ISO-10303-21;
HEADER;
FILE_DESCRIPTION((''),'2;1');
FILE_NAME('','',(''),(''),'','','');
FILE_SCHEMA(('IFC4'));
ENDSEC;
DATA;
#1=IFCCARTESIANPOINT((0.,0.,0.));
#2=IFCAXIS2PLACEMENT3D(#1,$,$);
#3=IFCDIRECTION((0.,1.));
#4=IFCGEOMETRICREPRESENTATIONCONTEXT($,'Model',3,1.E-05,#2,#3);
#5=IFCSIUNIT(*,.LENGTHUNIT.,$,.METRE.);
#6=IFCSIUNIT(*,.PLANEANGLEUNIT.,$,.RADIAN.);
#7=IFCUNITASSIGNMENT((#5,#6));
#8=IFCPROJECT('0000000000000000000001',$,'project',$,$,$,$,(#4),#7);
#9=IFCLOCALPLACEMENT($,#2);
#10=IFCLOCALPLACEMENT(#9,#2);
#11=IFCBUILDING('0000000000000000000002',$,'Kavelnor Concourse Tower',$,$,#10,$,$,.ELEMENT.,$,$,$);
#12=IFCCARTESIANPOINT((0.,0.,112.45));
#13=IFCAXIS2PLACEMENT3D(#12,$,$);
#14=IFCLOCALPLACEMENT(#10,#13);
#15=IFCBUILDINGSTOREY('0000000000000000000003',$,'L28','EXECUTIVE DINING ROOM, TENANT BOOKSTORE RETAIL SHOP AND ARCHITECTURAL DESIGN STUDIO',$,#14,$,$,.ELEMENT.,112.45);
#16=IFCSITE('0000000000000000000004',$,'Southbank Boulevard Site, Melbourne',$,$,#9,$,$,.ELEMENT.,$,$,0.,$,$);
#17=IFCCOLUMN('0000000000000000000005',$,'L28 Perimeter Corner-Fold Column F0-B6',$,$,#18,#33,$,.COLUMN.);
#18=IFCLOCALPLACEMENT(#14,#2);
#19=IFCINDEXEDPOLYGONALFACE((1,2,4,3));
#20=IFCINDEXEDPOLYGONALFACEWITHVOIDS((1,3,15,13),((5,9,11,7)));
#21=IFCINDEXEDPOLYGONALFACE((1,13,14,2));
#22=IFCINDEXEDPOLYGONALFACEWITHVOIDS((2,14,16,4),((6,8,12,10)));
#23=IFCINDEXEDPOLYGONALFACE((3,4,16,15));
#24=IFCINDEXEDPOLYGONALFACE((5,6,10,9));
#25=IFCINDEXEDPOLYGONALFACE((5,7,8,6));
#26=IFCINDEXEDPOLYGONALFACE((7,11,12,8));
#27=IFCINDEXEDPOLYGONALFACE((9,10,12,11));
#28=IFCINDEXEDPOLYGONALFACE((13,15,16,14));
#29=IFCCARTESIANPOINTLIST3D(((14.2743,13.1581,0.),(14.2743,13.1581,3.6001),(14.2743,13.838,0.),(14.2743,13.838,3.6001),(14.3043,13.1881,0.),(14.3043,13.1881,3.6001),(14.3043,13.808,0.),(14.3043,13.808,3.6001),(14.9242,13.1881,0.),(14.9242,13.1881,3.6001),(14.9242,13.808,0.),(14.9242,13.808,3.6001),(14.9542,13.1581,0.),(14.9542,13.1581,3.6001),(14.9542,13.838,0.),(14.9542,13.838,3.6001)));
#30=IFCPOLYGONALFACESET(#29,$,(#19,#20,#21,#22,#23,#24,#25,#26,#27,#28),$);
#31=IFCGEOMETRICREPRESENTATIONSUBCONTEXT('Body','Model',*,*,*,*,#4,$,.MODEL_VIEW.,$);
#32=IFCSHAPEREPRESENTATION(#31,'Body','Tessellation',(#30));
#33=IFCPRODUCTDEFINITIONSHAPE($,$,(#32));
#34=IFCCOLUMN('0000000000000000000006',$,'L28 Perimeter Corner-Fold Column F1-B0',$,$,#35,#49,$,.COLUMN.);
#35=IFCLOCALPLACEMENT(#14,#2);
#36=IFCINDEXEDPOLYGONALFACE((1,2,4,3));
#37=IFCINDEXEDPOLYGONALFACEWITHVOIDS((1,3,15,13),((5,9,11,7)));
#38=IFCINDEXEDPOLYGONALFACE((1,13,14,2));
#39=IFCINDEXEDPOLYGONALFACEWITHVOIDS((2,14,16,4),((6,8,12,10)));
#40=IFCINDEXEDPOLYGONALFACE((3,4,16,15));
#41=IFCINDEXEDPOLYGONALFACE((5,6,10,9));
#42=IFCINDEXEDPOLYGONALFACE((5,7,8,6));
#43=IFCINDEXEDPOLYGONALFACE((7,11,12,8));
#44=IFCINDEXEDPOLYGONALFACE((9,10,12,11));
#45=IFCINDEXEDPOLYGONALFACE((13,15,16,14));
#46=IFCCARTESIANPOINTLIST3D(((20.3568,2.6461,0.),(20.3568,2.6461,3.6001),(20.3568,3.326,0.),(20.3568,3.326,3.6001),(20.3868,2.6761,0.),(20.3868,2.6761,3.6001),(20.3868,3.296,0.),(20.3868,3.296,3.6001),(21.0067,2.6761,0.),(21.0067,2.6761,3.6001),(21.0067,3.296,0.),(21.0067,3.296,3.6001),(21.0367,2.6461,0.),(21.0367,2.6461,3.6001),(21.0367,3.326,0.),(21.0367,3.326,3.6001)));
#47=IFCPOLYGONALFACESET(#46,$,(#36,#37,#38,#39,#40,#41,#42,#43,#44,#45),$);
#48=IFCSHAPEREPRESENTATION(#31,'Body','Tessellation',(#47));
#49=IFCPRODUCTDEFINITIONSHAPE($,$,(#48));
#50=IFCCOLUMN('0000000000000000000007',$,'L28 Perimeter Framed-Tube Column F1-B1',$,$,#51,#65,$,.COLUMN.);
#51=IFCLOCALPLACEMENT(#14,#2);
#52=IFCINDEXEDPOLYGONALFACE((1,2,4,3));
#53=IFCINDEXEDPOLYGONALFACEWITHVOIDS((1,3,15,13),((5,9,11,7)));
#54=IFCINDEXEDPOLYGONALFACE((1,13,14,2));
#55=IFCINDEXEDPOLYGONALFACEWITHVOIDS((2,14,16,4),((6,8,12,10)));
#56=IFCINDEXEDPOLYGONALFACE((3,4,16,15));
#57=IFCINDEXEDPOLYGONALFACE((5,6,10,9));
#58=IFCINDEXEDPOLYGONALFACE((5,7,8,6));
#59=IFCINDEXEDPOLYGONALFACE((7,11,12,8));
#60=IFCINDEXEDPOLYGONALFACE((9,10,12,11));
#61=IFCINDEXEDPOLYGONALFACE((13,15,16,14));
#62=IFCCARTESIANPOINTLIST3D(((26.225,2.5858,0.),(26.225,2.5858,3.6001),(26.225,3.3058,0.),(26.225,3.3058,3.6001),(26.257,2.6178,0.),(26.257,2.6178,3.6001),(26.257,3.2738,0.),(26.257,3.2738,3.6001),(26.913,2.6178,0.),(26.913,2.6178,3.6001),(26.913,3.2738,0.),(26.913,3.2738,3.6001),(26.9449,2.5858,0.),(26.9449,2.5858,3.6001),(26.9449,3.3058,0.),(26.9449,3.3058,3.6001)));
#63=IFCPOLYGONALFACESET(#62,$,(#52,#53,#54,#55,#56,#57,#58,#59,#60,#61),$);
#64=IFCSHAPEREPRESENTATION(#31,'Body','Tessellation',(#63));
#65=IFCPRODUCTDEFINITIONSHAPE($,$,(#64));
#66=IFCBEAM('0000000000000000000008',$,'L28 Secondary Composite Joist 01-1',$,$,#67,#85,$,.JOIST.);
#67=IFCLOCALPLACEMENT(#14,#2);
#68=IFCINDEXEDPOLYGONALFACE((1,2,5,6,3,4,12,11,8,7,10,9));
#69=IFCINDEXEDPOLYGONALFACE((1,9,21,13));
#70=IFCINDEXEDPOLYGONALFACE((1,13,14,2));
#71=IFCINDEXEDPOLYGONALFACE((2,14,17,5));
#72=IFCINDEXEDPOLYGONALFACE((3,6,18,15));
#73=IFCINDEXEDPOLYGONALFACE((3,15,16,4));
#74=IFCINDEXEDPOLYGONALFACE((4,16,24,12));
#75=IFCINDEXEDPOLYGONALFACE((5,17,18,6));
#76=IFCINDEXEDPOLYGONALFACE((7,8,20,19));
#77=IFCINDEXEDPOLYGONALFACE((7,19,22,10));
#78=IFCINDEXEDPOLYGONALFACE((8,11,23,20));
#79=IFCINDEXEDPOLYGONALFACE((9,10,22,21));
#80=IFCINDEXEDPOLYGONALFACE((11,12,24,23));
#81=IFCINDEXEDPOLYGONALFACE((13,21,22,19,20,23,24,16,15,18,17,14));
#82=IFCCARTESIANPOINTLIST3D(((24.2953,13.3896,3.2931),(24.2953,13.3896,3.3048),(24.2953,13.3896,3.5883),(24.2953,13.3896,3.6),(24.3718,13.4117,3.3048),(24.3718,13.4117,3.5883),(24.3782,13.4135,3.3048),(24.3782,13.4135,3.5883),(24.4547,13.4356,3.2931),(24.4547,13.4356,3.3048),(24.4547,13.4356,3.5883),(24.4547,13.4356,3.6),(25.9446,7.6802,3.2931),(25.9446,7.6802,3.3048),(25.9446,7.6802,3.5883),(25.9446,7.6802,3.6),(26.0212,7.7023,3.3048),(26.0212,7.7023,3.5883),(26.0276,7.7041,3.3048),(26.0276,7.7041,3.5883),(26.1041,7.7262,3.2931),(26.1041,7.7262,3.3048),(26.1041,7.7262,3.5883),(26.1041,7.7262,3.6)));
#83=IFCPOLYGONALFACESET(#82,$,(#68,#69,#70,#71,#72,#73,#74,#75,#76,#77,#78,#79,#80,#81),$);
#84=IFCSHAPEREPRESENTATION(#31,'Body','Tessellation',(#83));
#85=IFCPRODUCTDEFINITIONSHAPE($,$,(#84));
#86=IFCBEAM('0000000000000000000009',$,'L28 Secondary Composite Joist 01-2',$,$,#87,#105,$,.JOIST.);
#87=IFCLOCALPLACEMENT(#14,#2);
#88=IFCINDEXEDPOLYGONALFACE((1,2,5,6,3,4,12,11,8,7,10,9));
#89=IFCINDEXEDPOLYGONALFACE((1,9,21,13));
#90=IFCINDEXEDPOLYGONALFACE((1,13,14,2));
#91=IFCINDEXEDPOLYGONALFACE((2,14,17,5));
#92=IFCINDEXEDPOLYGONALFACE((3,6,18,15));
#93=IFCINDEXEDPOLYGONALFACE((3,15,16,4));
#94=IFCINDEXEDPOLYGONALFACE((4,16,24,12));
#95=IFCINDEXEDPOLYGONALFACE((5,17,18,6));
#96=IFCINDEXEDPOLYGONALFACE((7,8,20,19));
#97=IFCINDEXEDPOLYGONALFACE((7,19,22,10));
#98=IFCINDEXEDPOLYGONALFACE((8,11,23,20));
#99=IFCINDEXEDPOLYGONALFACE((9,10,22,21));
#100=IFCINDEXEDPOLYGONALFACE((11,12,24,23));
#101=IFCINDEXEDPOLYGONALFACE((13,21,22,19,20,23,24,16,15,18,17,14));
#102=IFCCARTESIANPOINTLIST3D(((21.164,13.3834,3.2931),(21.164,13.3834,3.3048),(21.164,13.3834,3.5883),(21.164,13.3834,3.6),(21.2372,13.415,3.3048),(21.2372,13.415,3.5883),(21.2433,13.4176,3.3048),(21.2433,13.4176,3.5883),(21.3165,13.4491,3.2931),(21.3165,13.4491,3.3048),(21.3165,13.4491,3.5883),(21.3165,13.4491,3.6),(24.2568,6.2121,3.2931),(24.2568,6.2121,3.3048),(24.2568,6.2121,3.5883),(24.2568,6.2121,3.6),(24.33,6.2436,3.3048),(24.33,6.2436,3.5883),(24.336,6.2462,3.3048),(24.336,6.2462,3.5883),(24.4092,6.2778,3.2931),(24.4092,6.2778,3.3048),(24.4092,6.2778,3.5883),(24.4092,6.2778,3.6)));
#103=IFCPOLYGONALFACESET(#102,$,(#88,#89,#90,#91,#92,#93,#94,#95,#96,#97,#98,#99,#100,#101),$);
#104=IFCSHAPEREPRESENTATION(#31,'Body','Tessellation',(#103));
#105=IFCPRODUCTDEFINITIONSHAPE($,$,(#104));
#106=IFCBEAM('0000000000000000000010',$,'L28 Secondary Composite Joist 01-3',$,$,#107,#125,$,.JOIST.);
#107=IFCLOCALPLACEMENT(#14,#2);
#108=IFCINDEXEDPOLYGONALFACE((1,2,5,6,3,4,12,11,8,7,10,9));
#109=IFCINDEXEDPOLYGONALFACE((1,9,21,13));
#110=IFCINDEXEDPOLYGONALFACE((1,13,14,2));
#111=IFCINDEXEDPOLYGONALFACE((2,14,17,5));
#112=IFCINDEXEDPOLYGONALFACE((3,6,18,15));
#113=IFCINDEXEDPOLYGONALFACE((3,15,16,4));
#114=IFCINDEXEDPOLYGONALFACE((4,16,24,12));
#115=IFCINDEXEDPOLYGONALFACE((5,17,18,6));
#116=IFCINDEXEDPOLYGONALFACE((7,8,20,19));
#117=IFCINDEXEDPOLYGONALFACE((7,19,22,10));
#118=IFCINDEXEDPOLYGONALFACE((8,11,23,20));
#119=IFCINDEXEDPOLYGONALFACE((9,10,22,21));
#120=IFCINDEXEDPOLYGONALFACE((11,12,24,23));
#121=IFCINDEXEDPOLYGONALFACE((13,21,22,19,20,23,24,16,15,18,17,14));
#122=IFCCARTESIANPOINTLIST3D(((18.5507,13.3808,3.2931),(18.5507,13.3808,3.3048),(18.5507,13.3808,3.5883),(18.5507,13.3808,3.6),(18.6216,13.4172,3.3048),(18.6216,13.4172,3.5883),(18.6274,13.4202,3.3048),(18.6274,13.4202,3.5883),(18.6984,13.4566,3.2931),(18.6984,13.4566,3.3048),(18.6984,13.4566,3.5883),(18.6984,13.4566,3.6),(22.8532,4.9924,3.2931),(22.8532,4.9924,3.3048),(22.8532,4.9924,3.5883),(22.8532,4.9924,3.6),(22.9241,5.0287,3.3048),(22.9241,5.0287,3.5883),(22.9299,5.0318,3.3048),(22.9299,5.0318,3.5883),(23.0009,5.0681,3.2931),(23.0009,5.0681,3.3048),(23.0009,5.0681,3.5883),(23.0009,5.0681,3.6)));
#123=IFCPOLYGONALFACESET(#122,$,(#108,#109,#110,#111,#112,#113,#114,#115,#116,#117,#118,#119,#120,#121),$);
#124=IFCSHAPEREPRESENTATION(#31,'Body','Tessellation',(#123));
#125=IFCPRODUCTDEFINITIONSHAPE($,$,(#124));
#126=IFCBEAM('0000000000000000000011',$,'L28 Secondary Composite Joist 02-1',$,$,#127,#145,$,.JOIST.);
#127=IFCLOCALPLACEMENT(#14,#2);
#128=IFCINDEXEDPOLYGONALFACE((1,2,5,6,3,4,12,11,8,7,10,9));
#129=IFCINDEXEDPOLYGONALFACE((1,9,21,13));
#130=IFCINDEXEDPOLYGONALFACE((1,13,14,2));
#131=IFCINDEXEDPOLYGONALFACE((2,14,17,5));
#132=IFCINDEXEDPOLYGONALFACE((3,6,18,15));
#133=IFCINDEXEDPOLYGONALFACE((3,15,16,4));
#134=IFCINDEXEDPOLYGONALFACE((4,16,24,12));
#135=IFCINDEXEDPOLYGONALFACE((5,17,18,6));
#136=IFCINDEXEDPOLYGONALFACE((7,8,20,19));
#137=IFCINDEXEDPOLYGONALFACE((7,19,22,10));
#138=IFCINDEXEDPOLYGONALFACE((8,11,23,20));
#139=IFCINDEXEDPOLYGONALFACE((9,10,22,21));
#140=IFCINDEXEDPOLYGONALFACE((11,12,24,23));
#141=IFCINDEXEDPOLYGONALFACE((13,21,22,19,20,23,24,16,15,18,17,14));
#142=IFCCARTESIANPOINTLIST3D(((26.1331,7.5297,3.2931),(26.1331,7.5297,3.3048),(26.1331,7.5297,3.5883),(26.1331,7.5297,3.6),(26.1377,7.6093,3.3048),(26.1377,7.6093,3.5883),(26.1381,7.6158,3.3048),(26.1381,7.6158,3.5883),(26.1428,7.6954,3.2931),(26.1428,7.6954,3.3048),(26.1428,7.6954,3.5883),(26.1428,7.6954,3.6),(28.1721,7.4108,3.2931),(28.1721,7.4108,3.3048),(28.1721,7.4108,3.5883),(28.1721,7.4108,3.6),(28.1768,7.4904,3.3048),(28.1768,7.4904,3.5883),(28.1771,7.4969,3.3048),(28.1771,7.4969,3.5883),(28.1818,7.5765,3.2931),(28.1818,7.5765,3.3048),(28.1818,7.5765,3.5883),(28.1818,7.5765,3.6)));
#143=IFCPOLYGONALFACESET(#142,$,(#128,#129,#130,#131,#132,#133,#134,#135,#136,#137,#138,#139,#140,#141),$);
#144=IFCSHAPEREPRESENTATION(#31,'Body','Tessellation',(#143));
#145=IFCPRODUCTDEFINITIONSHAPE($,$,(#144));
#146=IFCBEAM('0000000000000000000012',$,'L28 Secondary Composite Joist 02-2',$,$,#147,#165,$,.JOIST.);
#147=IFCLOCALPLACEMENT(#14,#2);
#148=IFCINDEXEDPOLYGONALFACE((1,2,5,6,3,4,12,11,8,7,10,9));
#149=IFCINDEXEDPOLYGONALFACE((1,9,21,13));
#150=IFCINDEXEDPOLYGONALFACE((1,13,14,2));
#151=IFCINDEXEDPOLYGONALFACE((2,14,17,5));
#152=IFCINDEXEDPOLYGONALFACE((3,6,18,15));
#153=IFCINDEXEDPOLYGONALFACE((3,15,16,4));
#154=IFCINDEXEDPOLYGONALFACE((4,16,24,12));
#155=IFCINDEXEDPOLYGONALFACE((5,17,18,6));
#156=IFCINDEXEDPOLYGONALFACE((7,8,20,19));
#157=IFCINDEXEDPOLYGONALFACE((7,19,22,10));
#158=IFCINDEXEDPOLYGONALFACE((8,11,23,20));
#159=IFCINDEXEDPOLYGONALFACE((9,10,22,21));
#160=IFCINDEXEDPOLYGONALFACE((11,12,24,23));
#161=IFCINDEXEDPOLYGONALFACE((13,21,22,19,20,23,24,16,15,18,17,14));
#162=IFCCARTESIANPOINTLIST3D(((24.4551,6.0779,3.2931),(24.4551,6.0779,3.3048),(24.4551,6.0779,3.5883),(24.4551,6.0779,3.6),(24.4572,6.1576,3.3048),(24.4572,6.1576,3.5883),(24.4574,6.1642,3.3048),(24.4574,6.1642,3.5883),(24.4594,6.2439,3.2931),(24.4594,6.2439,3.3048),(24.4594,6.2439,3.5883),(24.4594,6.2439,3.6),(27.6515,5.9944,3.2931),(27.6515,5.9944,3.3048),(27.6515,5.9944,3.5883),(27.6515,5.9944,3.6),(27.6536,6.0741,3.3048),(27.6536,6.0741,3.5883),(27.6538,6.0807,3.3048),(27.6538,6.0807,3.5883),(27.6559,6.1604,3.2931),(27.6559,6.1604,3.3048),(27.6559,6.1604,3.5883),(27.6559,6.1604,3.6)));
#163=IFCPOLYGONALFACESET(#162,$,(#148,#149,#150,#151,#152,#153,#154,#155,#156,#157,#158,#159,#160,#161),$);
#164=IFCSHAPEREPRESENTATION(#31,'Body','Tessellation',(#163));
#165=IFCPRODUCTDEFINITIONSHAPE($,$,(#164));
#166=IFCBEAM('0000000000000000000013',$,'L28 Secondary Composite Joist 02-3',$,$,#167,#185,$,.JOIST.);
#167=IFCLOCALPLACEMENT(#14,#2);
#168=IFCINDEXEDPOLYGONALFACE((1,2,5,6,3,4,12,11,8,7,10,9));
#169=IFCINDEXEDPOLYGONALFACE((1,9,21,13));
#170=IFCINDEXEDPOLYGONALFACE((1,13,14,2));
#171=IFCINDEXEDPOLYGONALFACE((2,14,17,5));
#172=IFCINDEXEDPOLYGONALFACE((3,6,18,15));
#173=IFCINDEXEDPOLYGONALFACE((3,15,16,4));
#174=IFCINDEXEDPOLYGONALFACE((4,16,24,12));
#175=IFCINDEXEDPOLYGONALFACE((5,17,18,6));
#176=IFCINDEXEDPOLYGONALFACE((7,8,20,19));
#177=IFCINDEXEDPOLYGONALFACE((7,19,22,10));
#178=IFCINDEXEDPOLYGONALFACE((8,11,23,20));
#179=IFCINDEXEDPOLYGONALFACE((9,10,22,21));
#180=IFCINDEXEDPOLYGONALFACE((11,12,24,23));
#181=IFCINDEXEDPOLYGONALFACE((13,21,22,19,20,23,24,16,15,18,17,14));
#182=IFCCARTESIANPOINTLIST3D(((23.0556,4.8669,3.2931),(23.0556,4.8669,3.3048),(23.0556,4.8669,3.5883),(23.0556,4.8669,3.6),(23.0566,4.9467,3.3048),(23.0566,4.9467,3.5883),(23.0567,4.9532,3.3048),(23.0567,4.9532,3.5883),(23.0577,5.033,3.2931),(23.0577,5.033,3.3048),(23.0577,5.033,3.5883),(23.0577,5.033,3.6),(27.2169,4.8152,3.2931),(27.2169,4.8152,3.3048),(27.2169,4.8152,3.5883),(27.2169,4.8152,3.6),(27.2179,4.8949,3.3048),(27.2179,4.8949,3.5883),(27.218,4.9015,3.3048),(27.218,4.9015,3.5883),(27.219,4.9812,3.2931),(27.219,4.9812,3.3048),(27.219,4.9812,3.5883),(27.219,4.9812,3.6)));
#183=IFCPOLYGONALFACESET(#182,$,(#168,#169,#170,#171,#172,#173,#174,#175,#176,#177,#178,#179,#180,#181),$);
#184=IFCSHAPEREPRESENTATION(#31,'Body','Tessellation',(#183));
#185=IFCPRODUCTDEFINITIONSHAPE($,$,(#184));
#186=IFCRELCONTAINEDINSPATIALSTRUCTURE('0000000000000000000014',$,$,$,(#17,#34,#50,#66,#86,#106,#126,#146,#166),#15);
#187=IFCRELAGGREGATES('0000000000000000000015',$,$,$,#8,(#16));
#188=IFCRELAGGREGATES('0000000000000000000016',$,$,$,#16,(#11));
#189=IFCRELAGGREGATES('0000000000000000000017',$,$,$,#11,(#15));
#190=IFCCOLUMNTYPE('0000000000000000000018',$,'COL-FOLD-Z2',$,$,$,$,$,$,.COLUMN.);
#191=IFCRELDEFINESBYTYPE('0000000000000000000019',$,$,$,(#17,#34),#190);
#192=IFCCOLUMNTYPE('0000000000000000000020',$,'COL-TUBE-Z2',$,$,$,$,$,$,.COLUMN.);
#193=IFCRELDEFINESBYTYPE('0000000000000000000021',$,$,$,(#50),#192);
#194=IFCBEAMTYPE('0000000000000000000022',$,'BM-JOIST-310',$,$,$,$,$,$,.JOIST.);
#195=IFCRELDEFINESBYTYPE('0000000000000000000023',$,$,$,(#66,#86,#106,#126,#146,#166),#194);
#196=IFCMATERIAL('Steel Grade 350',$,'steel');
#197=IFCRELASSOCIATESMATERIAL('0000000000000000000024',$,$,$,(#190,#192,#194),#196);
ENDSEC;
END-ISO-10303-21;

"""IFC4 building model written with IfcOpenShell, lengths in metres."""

from ifc_helpers import new_model, si_unit, direction, frame, origin, origin_2d, place, context, subcontext, project, spatial, hollow_rectangle, i_section, extrude, material, material_profile, profile_set, type_object, element, save


model = new_model("IFC4")

# Units and contexts
model_context = context("Model", 3, precision=1e-05, world=origin(), true_north=direction((0.0, 1.0)))
body_context = subcontext(model_context, "Body", "Model", "MODEL_VIEW")
ifc_project = project(units=[si_unit("LENGTHUNIT", "METRE"), si_unit("PLANEANGLEUNIT", "RADIAN")], contexts=[model_context])

# Site, building, storey
site_placement = place(None, origin())
site = spatial("IfcSite", under=ifc_project, at=site_placement, Name="Southbank Boulevard Site, Melbourne", CompositionType="ELEMENT", RefElevation=0.0)
building_placement = place(site_placement, origin())
building = spatial("IfcBuilding", under=site, at=building_placement, Name="Kavelnor Concourse Tower", CompositionType="ELEMENT")
storey_placement = place(building_placement, frame((0.0, 0.0, 112.45)))
storey = spatial("IfcBuildingStorey", under=building, at=storey_placement, Name="L28", Description="EXECUTIVE DINING ROOM, TENANT BOOKSTORE RETAIL SHOP AND ARCHITECTURAL DESIGN STUDIO", CompositionType="ELEMENT", Elevation=112.45)

# Columns
ifc_material_1 = material(Name="Steel Grade 350", Category="steel")
ifc_material_profile_1 = material_profile(ifc_material_1, hollow_rectangle(XDim=0.6799, YDim=0.6799, WallThickness=0.03, at=origin_2d()), Name="SHS 680x680x30")
ifc_profile_set_1 = profile_set([ifc_material_profile_1], Name="Steel Grade 350")
column_type_1 = type_object("IfcColumnType", Name="COL-FOLD-Z2", PredefinedType="COLUMN", material=ifc_profile_set_1)
for number, where, z_axis, x_axis, name in (
    (1, (14.6143, 13.498, 0.0), (0.0, 0.0, 1.0), (1.0, 0.0, 0.0), "L28 Perimeter Corner-Fold Column F0-B6"),
    (2, (20.6968, 2.9861, 0.0), (0.0, 0.0, 1.0), (1.0, 0.0, 0.0), "L28 Perimeter Corner-Fold Column F1-B0"),
):
    element("IfcColumn", number, at=place(storey_placement, frame(where, z_axis=z_axis, x_axis=x_axis)), inside=storey, type_object=column_type_1, Name=name, PredefinedType="COLUMN", context=body_context, shape_type="SweptSolid", body=[
        extrude(hollow_rectangle(XDim=0.6799, YDim=0.6799, WallThickness=0.03, at=origin_2d()), origin(), (0.0, 0.0, 1.0), 3.6001),
    ])
ifc_material_profile_2 = material_profile(ifc_material_1, hollow_rectangle(XDim=0.72, YDim=0.72, WallThickness=0.032, at=origin_2d()), Name="SHS 720x720x32")
ifc_profile_set_2 = profile_set([ifc_material_profile_2], Name="Steel Grade 350")
column_type_2 = type_object("IfcColumnType", Name="COL-TUBE-Z2", PredefinedType="COLUMN", material=ifc_profile_set_2)
column_placement = place(storey_placement, frame((26.585, 2.9458, 0.0), z_axis=(0.0, 0.0, 1.0), x_axis=(1.0, 0.0, 0.0)))
element("IfcColumn", 3, at=column_placement, inside=storey, type_object=column_type_2, Name="L28 Perimeter Framed-Tube Column F1-B1", PredefinedType="COLUMN", context=body_context, shape_type="SweptSolid", body=[
    extrude(hollow_rectangle(XDim=0.72, YDim=0.72, WallThickness=0.032, at=origin_2d()), origin(), (0.0, 0.0, 1.0), 3.6001),
])

# Beams
ifc_material_profile_3 = material_profile(ifc_material_1, i_section(OverallWidth=0.166, OverallDepth=0.3069, WebThickness=0.0066, FlangeThickness=0.0117, at=origin_2d()), Name="310UB46")
ifc_profile_set_3 = profile_set([ifc_material_profile_3], Name="Steel Grade 350")
beam_type_1 = type_object("IfcBeamType", Name="BM-JOIST-310", PredefinedType="JOIST", material=ifc_profile_set_3)
beam_1_placement = place(storey_placement, frame((24.375, 13.4126, 3.4465), z_axis=(0.277541, -0.960714, 0.0), x_axis=(0.960714, 0.277541, 0.0)))
element("IfcBeam", 4, at=beam_1_placement, inside=storey, type_object=beam_type_1, Name="L28 Secondary Composite Joist 01-1", PredefinedType="JOIST", context=body_context, shape_type="SweptSolid", body=[
    extrude(i_section(OverallWidth=0.166, OverallDepth=0.3069, WebThickness=0.0066, FlangeThickness=0.0117, at=origin_2d()), origin(), (0.0, 0.0, 1.0), 5.9429),
])
beam_2_placement = place(storey_placement, frame((21.2402, 13.4163, 3.4465), z_axis=(0.396008, -0.918247, 0.0), x_axis=(0.918247, 0.396008, 0.0)))
element("IfcBeam", 5, at=beam_2_placement, inside=storey, type_object=beam_type_1, Name="L28 Secondary Composite Joist 01-2", PredefinedType="JOIST", context=body_context, shape_type="SweptSolid", body=[
    extrude(i_section(OverallWidth=0.166, OverallDepth=0.3069, WebThickness=0.0066, FlangeThickness=0.0117, at=origin_2d()), origin(), (0.0, 0.0, 1.0), 7.8098),
])
beam_3_placement = place(storey_placement, frame((18.6245, 13.4187, 3.4465), z_axis=(0.456378, -0.889786, 0.0), x_axis=(0.889786, 0.456378, 0.0)))
element("IfcBeam", 6, at=beam_3_placement, inside=storey, type_object=beam_type_1, Name="L28 Secondary Composite Joist 01-3", PredefinedType="JOIST", context=body_context, shape_type="SweptSolid", body=[
    extrude(i_section(OverallWidth=0.166, OverallDepth=0.3069, WebThickness=0.0066, FlangeThickness=0.0117, at=origin_2d()), origin(), (0.0, 0.0, 1.0), 9.4275),
])
beam_4_placement = place(storey_placement, frame((26.1379, 7.6125, 3.4465), z_axis=(0.998304, -0.058211, 0.0), x_axis=(0.058211, 0.998304, 0.0)))
element("IfcBeam", 7, at=beam_4_placement, inside=storey, type_object=beam_type_1, Name="L28 Secondary Composite Joist 02-1", PredefinedType="JOIST", context=body_context, shape_type="SweptSolid", body=[
    extrude(i_section(OverallWidth=0.166, OverallDepth=0.3069, WebThickness=0.0066, FlangeThickness=0.0117, at=origin_2d()), origin(), (0.0, 0.0, 1.0), 2.0425),
])
beam_5_placement = place(storey_placement, frame((24.4573, 6.1609, 3.4465), z_axis=(0.999659, -0.026112, 0.0), x_axis=(0.026112, 0.999659, 0.0)))
element("IfcBeam", 8, at=beam_5_placement, inside=storey, type_object=beam_type_1, Name="L28 Secondary Composite Joist 02-2", PredefinedType="JOIST", context=body_context, shape_type="SweptSolid", body=[
    extrude(i_section(OverallWidth=0.166, OverallDepth=0.3069, WebThickness=0.0066, FlangeThickness=0.0117, at=origin_2d()), origin(), (0.0, 0.0, 1.0), 3.1975),
])
beam_6_placement = place(storey_placement, frame((23.0566, 4.95, 3.4465), z_axis=(0.999923, -0.012437, 0.0), x_axis=(0.012437, 0.999923, 0.0)))
element("IfcBeam", 9, at=beam_6_placement, inside=storey, type_object=beam_type_1, Name="L28 Secondary Composite Joist 02-3", PredefinedType="JOIST", context=body_context, shape_type="SweptSolid", body=[
    extrude(i_section(OverallWidth=0.166, OverallDepth=0.3069, WebThickness=0.0066, FlangeThickness=0.0117, at=origin_2d()), origin(), (0.0, 0.0, 1.0), 4.1616),
])

save(model, "model.ifc")
